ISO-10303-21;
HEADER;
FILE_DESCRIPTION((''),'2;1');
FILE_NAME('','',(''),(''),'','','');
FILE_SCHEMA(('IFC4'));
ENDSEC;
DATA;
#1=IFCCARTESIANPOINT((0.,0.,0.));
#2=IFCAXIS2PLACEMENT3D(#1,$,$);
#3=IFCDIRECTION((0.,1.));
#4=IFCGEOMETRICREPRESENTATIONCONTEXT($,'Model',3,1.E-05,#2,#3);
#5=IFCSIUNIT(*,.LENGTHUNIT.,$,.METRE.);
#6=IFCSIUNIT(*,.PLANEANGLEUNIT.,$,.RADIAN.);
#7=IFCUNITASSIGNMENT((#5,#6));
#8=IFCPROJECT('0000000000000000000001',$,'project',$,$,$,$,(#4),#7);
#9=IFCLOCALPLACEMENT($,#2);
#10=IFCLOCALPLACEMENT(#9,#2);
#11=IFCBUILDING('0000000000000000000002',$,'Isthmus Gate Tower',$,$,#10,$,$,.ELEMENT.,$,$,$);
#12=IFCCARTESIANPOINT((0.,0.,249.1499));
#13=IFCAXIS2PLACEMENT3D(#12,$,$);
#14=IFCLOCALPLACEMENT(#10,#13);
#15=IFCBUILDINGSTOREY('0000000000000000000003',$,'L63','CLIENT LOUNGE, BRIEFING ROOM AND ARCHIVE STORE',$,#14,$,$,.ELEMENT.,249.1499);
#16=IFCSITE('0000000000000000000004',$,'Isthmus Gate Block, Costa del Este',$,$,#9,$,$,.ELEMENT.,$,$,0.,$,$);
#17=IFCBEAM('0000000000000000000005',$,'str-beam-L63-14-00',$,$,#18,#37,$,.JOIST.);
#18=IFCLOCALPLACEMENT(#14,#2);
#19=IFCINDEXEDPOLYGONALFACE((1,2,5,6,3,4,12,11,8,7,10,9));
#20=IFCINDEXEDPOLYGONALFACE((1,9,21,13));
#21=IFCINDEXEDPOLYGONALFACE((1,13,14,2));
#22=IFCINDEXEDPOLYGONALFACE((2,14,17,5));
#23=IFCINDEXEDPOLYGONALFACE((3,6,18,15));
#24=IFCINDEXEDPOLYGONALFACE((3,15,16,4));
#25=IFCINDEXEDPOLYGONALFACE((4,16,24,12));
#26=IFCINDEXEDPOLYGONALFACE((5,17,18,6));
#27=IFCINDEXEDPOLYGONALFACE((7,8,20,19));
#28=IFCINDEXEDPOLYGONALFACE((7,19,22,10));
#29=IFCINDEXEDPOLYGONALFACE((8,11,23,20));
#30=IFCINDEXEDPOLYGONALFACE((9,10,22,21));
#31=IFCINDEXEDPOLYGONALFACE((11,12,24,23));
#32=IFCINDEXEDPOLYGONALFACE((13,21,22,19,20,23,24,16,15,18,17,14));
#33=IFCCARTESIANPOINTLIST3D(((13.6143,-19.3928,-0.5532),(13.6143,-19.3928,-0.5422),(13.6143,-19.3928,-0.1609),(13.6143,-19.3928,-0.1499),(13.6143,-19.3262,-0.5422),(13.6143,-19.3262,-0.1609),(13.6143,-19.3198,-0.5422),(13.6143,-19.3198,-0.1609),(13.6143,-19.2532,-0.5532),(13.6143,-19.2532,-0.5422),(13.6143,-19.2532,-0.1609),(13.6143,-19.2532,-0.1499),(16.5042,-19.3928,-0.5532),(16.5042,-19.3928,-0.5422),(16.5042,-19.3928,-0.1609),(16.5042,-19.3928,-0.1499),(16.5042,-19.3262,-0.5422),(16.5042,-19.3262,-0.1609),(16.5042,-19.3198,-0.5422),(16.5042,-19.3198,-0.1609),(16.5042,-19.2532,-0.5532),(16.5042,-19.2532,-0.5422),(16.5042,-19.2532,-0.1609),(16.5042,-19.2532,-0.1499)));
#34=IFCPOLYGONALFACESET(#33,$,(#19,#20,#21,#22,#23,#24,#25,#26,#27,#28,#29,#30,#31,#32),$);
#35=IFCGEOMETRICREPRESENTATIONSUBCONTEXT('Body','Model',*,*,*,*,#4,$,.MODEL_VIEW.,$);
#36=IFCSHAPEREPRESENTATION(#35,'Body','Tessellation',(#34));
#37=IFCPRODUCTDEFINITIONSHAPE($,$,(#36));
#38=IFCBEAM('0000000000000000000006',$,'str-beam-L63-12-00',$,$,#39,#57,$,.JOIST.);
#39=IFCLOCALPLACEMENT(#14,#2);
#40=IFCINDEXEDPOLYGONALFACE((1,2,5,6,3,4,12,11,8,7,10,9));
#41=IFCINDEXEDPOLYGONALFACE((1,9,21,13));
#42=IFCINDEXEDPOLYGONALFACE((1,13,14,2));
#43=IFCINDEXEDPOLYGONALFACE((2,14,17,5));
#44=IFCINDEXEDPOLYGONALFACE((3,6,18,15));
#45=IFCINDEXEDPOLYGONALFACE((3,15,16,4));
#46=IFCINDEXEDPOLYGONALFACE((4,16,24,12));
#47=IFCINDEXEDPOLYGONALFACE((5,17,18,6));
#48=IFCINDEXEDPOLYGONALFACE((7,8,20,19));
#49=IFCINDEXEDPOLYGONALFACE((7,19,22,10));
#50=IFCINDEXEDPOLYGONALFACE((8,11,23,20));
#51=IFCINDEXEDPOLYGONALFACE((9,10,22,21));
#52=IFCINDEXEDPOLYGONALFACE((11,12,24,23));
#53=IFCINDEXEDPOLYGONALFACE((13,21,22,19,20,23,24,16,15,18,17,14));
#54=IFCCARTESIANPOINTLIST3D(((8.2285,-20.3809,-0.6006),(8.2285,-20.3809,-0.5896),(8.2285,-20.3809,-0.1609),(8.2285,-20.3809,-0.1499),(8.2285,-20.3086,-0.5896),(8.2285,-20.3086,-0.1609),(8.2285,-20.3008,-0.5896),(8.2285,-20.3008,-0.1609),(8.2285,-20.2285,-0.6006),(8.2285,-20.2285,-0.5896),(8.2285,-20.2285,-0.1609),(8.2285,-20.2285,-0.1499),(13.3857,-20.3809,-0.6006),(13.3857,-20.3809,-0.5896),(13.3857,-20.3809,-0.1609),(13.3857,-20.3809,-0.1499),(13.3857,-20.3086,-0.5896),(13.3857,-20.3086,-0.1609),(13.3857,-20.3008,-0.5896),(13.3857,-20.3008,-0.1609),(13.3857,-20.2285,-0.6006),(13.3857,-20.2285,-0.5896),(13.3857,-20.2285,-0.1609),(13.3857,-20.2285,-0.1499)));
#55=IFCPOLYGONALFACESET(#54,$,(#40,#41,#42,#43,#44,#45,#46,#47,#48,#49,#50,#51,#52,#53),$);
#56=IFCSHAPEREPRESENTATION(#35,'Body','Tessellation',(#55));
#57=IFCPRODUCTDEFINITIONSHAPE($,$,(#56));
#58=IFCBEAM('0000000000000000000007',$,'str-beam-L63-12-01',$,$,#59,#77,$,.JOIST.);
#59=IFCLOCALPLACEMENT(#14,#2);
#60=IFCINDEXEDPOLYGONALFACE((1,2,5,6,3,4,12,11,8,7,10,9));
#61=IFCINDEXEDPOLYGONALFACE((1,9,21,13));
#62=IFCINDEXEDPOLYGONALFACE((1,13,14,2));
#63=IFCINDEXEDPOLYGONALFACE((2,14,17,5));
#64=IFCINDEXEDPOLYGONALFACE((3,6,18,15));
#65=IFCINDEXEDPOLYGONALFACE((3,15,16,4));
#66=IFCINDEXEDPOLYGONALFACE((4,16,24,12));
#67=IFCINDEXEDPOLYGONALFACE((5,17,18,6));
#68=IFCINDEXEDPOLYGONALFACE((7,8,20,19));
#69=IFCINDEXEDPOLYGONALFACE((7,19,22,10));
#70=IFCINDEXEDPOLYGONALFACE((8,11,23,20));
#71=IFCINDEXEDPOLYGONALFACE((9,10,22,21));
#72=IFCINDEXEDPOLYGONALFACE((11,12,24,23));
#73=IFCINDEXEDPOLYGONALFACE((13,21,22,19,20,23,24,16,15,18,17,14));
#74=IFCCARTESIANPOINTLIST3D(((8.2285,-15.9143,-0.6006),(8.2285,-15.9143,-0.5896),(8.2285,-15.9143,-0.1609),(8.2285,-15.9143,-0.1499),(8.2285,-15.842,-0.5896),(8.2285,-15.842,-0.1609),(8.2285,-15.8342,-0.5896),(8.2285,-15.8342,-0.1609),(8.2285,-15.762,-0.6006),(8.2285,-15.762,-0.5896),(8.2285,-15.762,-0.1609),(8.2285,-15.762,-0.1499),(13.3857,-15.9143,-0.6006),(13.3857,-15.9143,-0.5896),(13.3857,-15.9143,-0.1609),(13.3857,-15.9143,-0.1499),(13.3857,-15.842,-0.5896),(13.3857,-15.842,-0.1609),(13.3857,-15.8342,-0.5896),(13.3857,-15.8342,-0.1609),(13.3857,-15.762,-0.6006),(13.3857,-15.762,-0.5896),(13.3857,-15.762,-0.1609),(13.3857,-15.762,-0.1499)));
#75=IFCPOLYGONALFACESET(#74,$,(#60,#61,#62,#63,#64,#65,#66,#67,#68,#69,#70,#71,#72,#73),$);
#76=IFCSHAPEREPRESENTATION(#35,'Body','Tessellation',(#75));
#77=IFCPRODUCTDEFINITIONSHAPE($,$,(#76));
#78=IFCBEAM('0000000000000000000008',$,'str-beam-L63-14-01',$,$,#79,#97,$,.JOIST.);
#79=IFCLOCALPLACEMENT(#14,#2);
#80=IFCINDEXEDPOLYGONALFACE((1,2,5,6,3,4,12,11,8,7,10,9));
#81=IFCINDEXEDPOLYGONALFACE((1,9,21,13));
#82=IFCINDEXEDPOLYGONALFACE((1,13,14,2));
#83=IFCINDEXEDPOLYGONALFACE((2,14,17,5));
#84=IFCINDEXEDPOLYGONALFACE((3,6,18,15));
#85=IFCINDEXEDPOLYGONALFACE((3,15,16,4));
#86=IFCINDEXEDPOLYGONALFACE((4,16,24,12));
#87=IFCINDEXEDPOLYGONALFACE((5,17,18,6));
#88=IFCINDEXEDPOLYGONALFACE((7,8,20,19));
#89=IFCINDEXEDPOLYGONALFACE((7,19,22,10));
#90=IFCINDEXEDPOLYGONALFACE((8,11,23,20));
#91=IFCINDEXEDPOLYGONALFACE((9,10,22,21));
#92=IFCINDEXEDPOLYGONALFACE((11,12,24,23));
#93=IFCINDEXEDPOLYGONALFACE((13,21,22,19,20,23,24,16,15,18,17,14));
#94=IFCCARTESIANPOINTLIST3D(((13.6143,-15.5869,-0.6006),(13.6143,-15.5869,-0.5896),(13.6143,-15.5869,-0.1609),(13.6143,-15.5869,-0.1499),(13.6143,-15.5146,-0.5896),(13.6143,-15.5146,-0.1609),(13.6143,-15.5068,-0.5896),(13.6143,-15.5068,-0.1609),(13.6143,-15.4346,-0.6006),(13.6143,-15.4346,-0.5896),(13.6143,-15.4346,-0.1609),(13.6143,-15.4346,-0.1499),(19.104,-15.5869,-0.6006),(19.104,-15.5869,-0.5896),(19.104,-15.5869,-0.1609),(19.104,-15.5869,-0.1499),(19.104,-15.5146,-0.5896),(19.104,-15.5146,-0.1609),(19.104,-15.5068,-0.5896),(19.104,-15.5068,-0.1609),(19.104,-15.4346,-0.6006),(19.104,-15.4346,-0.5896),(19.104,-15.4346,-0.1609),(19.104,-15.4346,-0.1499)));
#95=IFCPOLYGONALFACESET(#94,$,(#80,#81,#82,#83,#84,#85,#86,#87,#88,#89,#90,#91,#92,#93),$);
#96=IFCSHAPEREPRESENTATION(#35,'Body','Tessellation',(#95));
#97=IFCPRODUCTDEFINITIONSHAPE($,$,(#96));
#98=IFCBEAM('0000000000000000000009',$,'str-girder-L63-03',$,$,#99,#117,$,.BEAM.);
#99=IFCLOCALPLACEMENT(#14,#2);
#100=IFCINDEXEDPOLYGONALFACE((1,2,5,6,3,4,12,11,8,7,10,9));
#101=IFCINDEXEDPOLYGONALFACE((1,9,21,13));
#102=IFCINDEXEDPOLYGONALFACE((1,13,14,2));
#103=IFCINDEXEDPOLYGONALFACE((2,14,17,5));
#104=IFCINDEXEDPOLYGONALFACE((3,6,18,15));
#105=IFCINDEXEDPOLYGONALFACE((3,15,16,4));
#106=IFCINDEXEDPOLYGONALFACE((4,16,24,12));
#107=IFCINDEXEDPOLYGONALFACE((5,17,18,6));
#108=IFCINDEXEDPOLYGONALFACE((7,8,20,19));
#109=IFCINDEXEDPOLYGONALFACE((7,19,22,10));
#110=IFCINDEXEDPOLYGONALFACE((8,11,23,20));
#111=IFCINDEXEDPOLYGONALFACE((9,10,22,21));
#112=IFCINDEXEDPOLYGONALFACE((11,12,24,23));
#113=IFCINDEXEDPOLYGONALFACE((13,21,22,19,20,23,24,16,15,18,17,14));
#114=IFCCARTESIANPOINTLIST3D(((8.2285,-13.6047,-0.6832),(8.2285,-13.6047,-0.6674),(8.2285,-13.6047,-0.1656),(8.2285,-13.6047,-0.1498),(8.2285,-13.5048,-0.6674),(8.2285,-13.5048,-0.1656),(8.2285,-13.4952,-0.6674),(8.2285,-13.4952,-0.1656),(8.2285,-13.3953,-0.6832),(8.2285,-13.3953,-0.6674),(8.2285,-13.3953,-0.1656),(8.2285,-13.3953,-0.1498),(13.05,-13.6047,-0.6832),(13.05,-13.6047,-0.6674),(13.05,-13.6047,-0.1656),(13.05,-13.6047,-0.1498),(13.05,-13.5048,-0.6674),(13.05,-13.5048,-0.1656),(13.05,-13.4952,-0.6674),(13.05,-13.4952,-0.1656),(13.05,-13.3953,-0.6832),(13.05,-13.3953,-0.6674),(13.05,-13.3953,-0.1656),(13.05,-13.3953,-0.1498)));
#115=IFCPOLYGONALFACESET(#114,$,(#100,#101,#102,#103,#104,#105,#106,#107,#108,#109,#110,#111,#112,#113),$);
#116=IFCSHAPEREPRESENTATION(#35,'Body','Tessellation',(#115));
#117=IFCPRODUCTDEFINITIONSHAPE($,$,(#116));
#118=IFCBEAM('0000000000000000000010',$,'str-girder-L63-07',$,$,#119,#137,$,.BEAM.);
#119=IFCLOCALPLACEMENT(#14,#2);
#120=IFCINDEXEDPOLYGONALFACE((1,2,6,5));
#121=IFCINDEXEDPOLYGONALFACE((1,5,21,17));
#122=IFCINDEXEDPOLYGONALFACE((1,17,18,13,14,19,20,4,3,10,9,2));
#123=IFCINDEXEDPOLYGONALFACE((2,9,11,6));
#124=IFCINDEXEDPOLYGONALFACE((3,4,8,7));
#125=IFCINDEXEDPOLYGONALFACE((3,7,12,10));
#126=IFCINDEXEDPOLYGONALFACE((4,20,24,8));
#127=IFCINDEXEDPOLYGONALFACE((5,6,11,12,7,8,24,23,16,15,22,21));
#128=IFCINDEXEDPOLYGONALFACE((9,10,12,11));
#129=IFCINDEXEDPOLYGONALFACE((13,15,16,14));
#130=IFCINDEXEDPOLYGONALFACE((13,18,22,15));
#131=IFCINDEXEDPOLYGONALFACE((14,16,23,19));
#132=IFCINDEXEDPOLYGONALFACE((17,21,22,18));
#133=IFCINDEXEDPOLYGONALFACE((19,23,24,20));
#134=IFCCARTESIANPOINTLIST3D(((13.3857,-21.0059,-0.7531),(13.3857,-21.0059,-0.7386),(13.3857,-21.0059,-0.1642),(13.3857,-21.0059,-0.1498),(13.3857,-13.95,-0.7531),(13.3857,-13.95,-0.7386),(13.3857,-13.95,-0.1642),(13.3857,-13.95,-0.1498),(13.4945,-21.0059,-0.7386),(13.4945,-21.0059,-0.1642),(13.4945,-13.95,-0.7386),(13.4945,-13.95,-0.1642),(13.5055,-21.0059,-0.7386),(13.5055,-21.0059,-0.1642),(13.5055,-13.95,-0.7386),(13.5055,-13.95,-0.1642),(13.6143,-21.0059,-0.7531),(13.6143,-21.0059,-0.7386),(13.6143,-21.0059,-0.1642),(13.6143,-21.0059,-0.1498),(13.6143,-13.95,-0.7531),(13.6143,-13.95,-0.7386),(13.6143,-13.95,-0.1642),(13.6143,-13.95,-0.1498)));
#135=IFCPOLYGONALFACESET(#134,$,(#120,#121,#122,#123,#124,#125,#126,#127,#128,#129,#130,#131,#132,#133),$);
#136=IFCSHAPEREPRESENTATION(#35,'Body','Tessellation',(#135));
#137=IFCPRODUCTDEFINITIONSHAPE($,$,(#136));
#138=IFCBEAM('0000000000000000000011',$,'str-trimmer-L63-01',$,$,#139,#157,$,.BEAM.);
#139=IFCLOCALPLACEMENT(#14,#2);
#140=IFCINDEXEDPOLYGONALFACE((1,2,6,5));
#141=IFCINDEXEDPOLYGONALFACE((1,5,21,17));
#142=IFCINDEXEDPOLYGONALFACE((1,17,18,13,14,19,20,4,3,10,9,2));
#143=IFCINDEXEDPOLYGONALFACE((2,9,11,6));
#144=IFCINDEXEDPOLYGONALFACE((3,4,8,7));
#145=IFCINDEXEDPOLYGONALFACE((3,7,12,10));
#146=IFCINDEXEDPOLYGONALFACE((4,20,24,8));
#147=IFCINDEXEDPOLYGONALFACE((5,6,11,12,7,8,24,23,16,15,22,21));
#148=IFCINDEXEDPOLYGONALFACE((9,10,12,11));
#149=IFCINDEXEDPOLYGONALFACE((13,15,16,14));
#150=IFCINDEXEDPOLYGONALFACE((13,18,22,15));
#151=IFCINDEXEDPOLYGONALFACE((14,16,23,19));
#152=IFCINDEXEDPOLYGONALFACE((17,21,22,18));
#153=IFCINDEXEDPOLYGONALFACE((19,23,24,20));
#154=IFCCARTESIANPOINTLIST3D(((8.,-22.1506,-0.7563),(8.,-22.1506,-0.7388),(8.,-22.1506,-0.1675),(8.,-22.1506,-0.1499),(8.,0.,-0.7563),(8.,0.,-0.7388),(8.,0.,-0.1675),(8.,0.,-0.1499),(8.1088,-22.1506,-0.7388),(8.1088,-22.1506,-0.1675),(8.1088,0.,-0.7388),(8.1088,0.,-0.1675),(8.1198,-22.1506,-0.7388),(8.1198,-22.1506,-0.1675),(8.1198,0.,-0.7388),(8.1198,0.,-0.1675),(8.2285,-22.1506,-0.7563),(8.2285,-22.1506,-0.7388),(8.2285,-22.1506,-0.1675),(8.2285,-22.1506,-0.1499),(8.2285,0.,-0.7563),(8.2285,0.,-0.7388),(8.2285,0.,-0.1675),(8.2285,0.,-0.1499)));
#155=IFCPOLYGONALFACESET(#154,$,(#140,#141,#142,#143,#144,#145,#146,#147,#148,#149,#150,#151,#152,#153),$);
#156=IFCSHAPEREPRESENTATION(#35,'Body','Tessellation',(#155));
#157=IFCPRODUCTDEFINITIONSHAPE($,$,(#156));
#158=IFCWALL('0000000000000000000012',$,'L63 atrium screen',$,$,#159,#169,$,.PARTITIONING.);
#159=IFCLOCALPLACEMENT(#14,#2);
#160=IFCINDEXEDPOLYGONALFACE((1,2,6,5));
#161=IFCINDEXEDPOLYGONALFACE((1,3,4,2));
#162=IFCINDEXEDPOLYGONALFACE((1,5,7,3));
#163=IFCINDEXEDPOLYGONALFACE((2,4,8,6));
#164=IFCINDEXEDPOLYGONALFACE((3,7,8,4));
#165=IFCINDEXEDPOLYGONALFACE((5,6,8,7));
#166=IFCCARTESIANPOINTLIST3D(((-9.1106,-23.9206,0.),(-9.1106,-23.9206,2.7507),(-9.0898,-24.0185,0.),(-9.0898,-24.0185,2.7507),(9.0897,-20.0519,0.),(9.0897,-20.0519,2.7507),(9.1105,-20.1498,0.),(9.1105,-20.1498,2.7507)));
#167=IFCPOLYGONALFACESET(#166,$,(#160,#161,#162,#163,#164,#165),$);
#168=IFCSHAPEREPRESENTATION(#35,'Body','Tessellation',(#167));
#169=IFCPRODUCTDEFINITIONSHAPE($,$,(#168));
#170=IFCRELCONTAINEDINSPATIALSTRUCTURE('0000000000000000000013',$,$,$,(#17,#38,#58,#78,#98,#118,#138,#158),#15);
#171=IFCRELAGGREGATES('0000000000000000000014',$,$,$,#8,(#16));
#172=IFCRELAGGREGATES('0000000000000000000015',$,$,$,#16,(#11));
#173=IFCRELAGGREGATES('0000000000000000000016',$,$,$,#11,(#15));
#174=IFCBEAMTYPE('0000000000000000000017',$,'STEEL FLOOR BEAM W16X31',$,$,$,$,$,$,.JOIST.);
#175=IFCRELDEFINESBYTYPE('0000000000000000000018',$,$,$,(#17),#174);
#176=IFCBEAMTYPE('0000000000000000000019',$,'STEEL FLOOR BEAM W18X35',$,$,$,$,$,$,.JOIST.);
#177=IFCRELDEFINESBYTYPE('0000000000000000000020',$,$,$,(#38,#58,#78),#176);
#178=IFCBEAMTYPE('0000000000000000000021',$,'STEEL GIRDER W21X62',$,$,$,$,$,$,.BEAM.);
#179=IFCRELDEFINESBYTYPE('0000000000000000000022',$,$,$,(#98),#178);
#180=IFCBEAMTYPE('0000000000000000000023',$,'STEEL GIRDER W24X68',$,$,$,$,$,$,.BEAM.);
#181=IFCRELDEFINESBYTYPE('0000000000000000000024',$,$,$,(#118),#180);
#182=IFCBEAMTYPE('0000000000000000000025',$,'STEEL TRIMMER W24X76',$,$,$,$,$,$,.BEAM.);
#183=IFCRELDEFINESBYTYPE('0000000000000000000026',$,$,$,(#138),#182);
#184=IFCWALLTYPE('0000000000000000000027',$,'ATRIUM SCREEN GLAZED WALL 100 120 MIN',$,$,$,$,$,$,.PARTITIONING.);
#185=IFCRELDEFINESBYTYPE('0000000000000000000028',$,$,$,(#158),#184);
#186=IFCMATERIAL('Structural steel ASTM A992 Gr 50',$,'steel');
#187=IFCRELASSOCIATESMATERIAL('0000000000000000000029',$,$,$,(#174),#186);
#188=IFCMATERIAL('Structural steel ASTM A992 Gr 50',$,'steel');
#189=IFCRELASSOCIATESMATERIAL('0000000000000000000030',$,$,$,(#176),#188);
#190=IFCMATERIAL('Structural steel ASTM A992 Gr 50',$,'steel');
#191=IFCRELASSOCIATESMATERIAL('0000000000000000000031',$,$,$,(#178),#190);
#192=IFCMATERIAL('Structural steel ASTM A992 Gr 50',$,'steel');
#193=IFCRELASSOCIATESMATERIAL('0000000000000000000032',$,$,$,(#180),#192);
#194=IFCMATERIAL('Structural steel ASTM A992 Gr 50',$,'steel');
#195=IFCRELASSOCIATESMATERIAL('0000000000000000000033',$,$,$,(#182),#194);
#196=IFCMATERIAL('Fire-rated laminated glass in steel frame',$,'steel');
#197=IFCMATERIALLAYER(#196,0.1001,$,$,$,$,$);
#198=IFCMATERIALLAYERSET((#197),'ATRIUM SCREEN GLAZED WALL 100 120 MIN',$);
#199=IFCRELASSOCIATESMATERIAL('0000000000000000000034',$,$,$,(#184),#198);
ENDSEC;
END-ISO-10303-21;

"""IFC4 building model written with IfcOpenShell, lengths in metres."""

from ifc_helpers import new_model, si_unit, direction, frame, frame_2d, origin, origin_2d, place, context, subcontext, project, spatial, rectangle, i_section, extrude, material, layer, layer_set, material_profile, profile_set, type_object, element, save


model = new_model("IFC4")

# Units and contexts
model_context = context("Model", 3, precision=1e-05, world=origin(), true_north=direction((0.0, 1.0)))
body_context = subcontext(model_context, "Body", "Model", "MODEL_VIEW")
ifc_project = project(units=[si_unit("LENGTHUNIT", "METRE"), si_unit("PLANEANGLEUNIT", "RADIAN")], contexts=[model_context])

# Site, building, storey
site_placement = place(None, origin())
site = spatial("IfcSite", under=ifc_project, at=site_placement, Name="Isthmus Gate Block, Costa del Este", CompositionType="ELEMENT", RefElevation=0.0)
building_placement = place(site_placement, origin())
building = spatial("IfcBuilding", under=site, at=building_placement, Name="Isthmus Gate Tower", CompositionType="ELEMENT")
storey_placement = place(building_placement, frame((0.0, 0.0, 249.1499)))
storey = spatial("IfcBuildingStorey", under=building, at=storey_placement, Name="L63", Description="CLIENT LOUNGE, BRIEFING ROOM AND ARCHIVE STORE", CompositionType="ELEMENT", Elevation=249.1499)

# Beams
ifc_material_1 = material(Name="Structural steel ASTM A992 Gr 50", Category="steel")
ifc_material_profile_1 = material_profile(ifc_material_1, i_section(OverallWidth=0.1396, OverallDepth=0.4033, WebThickness=0.0063, FlangeThickness=0.011, at=origin_2d()), Name="W16X31")
ifc_profile_set_1 = profile_set([ifc_material_profile_1], Name="Structural steel ASTM A992 Gr 50")
beam_type_1 = type_object("IfcBeamType", Name="STEEL FLOOR BEAM W16X31", PredefinedType="JOIST", material=ifc_profile_set_1)
beam_1_placement = place(storey_placement, frame((13.6143, -19.323, -0.3516), z_axis=(1.0, 0.0, 0.0), x_axis=(0.0, 1.0, 0.0)))
element("IfcBeam", 1, at=beam_1_placement, inside=storey, type_object=beam_type_1, Name="str-beam-L63-14-00", PredefinedType="JOIST", context=body_context, shape_type="SweptSolid", body=[
    extrude(i_section(OverallWidth=0.1396, OverallDepth=0.4033, WebThickness=0.0063, FlangeThickness=0.011, at=origin_2d()), origin(), (0.0, 0.0, 1.0), 2.8899),
])
ifc_material_2 = material(Name="Structural steel ASTM A992 Gr 50", Category="steel")
ifc_material_profile_2 = material_profile(ifc_material_2, i_section(OverallWidth=0.1523, OverallDepth=0.4507, WebThickness=0.0078, FlangeThickness=0.011, at=origin_2d()), Name="W18X35")
ifc_profile_set_2 = profile_set([ifc_material_profile_2], Name="Structural steel ASTM A992 Gr 50")
beam_type_2 = type_object("IfcBeamType", Name="STEEL FLOOR BEAM W18X35", PredefinedType="JOIST", material=ifc_profile_set_2)
for number, where, z_axis, x_axis, name in (
    (2, (8.2285, -20.3047, -0.3752), (1.0, 0.0, 0.0), (0.0, 1.0, 0.0), "str-beam-L63-12-00"),
    (3, (8.2285, -15.8381, -0.3752), (1.0, 0.0, 0.0), (0.0, 1.0, 0.0), "str-beam-L63-12-01"),
):
    element("IfcBeam", number, at=place(storey_placement, frame(where, z_axis=z_axis, x_axis=x_axis)), inside=storey, type_object=beam_type_2, Name=name, PredefinedType="JOIST", context=body_context, shape_type="SweptSolid", body=[
        extrude(i_section(OverallWidth=0.1523, OverallDepth=0.4507, WebThickness=0.0078, FlangeThickness=0.011, at=origin_2d()), origin(), (0.0, 0.0, 1.0), 5.1572),
    ])
beam_2_placement = place(storey_placement, frame((13.6143, -15.5107, -0.3752), z_axis=(1.0, 0.0, 0.0), x_axis=(0.0, 1.0, 0.0)))
element("IfcBeam", 4, at=beam_2_placement, inside=storey, type_object=beam_type_2, Name="str-beam-L63-14-01", PredefinedType="JOIST", context=body_context, shape_type="SweptSolid", body=[
    extrude(i_section(OverallWidth=0.1523, OverallDepth=0.4507, WebThickness=0.0078, FlangeThickness=0.011, at=origin_2d()), origin(), (0.0, 0.0, 1.0), 5.4897),
])
ifc_material_3 = material(Name="Structural steel ASTM A992 Gr 50", Category="steel")
ifc_material_profile_3 = material_profile(ifc_material_3, i_section(OverallWidth=0.2095, OverallDepth=0.5334, WebThickness=0.0095, FlangeThickness=0.0159, at=origin_2d()), Name="W21X62")
ifc_profile_set_3 = profile_set([ifc_material_profile_3], Name="Structural steel ASTM A992 Gr 50")
beam_type_3 = type_object("IfcBeamType", Name="STEEL GIRDER W21X62", PredefinedType="BEAM", material=ifc_profile_set_3)
beam_3_placement = place(storey_placement, frame((8.2285, -13.5, -0.4165), z_axis=(1.0, 0.0, 0.0), x_axis=(0.0, 1.0, 0.0)))
element("IfcBeam", 5, at=beam_3_placement, inside=storey, type_object=beam_type_3, Name="str-girder-L63-03", PredefinedType="BEAM", context=body_context, shape_type="SweptSolid", body=[
    extrude(i_section(OverallWidth=0.2095, OverallDepth=0.5334, WebThickness=0.0095, FlangeThickness=0.0159, at=origin_2d()), origin(), (0.0, 0.0, 1.0), 4.8215),
])
ifc_material_4 = material(Name="Structural steel ASTM A992 Gr 50", Category="steel")
ifc_material_profile_4 = material_profile(ifc_material_4, i_section(OverallWidth=0.2285, OverallDepth=0.6033, WebThickness=0.011, FlangeThickness=0.0144, at=origin_2d()), Name="W24X68")
ifc_profile_set_4 = profile_set([ifc_material_profile_4], Name="Structural steel ASTM A992 Gr 50")
beam_type_4 = type_object("IfcBeamType", Name="STEEL GIRDER W24X68", PredefinedType="BEAM", material=ifc_profile_set_4)
beam_4_placement = place(storey_placement, frame((13.5, -21.0059, -0.4514), z_axis=(0.0, 1.0, 0.0), x_axis=(-1.0, 0.0, 0.0)))
element("IfcBeam", 6, at=beam_4_placement, inside=storey, type_object=beam_type_4, Name="str-girder-L63-07", PredefinedType="BEAM", context=body_context, shape_type="SweptSolid", body=[
    extrude(i_section(OverallWidth=0.2285, OverallDepth=0.6033, WebThickness=0.011, FlangeThickness=0.0144, at=origin_2d()), origin(), (0.0, 0.0, 1.0), 7.0559),
])
ifc_material_5 = material(Name="Structural steel ASTM A992 Gr 50", Category="steel")
ifc_material_profile_5 = material_profile(ifc_material_5, i_section(OverallWidth=0.2285, OverallDepth=0.6064, WebThickness=0.011, FlangeThickness=0.0176, at=origin_2d()), Name="W24X76")
ifc_profile_set_5 = profile_set([ifc_material_profile_5], Name="Structural steel ASTM A992 Gr 50")
beam_type_5 = type_object("IfcBeamType", Name="STEEL TRIMMER W24X76", PredefinedType="BEAM", material=ifc_profile_set_5)
beam_5_placement = place(storey_placement, frame((8.1143, -22.1506, -0.4531), z_axis=(0.0, 1.0, 0.0), x_axis=(-1.0, 0.0, 0.0)))
element("IfcBeam", 7, at=beam_5_placement, inside=storey, type_object=beam_type_5, Name="str-trimmer-L63-01", PredefinedType="BEAM", context=body_context, shape_type="SweptSolid", body=[
    extrude(i_section(OverallWidth=0.2285, OverallDepth=0.6064, WebThickness=0.011, FlangeThickness=0.0176, at=origin_2d()), origin(), (0.0, 0.0, 1.0), 22.1506),
])

# Wall
ifc_material_6 = material(Name="Fire-rated laminated glass in steel frame", Category="steel")
ifc_layer_1 = layer(ifc_material_6, 0.1001)
ifc_layer_set_1 = layer_set([ifc_layer_1], Name="ATRIUM SCREEN GLAZED WALL 100 120 MIN")
wall_type = type_object("IfcWallType", Name="ATRIUM SCREEN GLAZED WALL 100 120 MIN", PredefinedType="PARTITIONING", material=ifc_layer_set_1)
wall_placement = place(storey_placement, frame((9.1001, -20.1008, 0.0), z_axis=(0.0, 0.0, 1.0), x_axis=(-0.978147, -0.207916, 0.0)))
element("IfcWall", 8, at=wall_placement, inside=storey, type_object=wall_type, Name="L63 atrium screen", PredefinedType="PARTITIONING", context=body_context, shape_type="SweptSolid", body=[
    extrude(rectangle(XDim=18.6069, YDim=0.1001, at=frame_2d((9.3035, 0.0))), origin(), (0.0, 0.0, 1.0), 2.7507),
])

save(model, "model.ifc")
